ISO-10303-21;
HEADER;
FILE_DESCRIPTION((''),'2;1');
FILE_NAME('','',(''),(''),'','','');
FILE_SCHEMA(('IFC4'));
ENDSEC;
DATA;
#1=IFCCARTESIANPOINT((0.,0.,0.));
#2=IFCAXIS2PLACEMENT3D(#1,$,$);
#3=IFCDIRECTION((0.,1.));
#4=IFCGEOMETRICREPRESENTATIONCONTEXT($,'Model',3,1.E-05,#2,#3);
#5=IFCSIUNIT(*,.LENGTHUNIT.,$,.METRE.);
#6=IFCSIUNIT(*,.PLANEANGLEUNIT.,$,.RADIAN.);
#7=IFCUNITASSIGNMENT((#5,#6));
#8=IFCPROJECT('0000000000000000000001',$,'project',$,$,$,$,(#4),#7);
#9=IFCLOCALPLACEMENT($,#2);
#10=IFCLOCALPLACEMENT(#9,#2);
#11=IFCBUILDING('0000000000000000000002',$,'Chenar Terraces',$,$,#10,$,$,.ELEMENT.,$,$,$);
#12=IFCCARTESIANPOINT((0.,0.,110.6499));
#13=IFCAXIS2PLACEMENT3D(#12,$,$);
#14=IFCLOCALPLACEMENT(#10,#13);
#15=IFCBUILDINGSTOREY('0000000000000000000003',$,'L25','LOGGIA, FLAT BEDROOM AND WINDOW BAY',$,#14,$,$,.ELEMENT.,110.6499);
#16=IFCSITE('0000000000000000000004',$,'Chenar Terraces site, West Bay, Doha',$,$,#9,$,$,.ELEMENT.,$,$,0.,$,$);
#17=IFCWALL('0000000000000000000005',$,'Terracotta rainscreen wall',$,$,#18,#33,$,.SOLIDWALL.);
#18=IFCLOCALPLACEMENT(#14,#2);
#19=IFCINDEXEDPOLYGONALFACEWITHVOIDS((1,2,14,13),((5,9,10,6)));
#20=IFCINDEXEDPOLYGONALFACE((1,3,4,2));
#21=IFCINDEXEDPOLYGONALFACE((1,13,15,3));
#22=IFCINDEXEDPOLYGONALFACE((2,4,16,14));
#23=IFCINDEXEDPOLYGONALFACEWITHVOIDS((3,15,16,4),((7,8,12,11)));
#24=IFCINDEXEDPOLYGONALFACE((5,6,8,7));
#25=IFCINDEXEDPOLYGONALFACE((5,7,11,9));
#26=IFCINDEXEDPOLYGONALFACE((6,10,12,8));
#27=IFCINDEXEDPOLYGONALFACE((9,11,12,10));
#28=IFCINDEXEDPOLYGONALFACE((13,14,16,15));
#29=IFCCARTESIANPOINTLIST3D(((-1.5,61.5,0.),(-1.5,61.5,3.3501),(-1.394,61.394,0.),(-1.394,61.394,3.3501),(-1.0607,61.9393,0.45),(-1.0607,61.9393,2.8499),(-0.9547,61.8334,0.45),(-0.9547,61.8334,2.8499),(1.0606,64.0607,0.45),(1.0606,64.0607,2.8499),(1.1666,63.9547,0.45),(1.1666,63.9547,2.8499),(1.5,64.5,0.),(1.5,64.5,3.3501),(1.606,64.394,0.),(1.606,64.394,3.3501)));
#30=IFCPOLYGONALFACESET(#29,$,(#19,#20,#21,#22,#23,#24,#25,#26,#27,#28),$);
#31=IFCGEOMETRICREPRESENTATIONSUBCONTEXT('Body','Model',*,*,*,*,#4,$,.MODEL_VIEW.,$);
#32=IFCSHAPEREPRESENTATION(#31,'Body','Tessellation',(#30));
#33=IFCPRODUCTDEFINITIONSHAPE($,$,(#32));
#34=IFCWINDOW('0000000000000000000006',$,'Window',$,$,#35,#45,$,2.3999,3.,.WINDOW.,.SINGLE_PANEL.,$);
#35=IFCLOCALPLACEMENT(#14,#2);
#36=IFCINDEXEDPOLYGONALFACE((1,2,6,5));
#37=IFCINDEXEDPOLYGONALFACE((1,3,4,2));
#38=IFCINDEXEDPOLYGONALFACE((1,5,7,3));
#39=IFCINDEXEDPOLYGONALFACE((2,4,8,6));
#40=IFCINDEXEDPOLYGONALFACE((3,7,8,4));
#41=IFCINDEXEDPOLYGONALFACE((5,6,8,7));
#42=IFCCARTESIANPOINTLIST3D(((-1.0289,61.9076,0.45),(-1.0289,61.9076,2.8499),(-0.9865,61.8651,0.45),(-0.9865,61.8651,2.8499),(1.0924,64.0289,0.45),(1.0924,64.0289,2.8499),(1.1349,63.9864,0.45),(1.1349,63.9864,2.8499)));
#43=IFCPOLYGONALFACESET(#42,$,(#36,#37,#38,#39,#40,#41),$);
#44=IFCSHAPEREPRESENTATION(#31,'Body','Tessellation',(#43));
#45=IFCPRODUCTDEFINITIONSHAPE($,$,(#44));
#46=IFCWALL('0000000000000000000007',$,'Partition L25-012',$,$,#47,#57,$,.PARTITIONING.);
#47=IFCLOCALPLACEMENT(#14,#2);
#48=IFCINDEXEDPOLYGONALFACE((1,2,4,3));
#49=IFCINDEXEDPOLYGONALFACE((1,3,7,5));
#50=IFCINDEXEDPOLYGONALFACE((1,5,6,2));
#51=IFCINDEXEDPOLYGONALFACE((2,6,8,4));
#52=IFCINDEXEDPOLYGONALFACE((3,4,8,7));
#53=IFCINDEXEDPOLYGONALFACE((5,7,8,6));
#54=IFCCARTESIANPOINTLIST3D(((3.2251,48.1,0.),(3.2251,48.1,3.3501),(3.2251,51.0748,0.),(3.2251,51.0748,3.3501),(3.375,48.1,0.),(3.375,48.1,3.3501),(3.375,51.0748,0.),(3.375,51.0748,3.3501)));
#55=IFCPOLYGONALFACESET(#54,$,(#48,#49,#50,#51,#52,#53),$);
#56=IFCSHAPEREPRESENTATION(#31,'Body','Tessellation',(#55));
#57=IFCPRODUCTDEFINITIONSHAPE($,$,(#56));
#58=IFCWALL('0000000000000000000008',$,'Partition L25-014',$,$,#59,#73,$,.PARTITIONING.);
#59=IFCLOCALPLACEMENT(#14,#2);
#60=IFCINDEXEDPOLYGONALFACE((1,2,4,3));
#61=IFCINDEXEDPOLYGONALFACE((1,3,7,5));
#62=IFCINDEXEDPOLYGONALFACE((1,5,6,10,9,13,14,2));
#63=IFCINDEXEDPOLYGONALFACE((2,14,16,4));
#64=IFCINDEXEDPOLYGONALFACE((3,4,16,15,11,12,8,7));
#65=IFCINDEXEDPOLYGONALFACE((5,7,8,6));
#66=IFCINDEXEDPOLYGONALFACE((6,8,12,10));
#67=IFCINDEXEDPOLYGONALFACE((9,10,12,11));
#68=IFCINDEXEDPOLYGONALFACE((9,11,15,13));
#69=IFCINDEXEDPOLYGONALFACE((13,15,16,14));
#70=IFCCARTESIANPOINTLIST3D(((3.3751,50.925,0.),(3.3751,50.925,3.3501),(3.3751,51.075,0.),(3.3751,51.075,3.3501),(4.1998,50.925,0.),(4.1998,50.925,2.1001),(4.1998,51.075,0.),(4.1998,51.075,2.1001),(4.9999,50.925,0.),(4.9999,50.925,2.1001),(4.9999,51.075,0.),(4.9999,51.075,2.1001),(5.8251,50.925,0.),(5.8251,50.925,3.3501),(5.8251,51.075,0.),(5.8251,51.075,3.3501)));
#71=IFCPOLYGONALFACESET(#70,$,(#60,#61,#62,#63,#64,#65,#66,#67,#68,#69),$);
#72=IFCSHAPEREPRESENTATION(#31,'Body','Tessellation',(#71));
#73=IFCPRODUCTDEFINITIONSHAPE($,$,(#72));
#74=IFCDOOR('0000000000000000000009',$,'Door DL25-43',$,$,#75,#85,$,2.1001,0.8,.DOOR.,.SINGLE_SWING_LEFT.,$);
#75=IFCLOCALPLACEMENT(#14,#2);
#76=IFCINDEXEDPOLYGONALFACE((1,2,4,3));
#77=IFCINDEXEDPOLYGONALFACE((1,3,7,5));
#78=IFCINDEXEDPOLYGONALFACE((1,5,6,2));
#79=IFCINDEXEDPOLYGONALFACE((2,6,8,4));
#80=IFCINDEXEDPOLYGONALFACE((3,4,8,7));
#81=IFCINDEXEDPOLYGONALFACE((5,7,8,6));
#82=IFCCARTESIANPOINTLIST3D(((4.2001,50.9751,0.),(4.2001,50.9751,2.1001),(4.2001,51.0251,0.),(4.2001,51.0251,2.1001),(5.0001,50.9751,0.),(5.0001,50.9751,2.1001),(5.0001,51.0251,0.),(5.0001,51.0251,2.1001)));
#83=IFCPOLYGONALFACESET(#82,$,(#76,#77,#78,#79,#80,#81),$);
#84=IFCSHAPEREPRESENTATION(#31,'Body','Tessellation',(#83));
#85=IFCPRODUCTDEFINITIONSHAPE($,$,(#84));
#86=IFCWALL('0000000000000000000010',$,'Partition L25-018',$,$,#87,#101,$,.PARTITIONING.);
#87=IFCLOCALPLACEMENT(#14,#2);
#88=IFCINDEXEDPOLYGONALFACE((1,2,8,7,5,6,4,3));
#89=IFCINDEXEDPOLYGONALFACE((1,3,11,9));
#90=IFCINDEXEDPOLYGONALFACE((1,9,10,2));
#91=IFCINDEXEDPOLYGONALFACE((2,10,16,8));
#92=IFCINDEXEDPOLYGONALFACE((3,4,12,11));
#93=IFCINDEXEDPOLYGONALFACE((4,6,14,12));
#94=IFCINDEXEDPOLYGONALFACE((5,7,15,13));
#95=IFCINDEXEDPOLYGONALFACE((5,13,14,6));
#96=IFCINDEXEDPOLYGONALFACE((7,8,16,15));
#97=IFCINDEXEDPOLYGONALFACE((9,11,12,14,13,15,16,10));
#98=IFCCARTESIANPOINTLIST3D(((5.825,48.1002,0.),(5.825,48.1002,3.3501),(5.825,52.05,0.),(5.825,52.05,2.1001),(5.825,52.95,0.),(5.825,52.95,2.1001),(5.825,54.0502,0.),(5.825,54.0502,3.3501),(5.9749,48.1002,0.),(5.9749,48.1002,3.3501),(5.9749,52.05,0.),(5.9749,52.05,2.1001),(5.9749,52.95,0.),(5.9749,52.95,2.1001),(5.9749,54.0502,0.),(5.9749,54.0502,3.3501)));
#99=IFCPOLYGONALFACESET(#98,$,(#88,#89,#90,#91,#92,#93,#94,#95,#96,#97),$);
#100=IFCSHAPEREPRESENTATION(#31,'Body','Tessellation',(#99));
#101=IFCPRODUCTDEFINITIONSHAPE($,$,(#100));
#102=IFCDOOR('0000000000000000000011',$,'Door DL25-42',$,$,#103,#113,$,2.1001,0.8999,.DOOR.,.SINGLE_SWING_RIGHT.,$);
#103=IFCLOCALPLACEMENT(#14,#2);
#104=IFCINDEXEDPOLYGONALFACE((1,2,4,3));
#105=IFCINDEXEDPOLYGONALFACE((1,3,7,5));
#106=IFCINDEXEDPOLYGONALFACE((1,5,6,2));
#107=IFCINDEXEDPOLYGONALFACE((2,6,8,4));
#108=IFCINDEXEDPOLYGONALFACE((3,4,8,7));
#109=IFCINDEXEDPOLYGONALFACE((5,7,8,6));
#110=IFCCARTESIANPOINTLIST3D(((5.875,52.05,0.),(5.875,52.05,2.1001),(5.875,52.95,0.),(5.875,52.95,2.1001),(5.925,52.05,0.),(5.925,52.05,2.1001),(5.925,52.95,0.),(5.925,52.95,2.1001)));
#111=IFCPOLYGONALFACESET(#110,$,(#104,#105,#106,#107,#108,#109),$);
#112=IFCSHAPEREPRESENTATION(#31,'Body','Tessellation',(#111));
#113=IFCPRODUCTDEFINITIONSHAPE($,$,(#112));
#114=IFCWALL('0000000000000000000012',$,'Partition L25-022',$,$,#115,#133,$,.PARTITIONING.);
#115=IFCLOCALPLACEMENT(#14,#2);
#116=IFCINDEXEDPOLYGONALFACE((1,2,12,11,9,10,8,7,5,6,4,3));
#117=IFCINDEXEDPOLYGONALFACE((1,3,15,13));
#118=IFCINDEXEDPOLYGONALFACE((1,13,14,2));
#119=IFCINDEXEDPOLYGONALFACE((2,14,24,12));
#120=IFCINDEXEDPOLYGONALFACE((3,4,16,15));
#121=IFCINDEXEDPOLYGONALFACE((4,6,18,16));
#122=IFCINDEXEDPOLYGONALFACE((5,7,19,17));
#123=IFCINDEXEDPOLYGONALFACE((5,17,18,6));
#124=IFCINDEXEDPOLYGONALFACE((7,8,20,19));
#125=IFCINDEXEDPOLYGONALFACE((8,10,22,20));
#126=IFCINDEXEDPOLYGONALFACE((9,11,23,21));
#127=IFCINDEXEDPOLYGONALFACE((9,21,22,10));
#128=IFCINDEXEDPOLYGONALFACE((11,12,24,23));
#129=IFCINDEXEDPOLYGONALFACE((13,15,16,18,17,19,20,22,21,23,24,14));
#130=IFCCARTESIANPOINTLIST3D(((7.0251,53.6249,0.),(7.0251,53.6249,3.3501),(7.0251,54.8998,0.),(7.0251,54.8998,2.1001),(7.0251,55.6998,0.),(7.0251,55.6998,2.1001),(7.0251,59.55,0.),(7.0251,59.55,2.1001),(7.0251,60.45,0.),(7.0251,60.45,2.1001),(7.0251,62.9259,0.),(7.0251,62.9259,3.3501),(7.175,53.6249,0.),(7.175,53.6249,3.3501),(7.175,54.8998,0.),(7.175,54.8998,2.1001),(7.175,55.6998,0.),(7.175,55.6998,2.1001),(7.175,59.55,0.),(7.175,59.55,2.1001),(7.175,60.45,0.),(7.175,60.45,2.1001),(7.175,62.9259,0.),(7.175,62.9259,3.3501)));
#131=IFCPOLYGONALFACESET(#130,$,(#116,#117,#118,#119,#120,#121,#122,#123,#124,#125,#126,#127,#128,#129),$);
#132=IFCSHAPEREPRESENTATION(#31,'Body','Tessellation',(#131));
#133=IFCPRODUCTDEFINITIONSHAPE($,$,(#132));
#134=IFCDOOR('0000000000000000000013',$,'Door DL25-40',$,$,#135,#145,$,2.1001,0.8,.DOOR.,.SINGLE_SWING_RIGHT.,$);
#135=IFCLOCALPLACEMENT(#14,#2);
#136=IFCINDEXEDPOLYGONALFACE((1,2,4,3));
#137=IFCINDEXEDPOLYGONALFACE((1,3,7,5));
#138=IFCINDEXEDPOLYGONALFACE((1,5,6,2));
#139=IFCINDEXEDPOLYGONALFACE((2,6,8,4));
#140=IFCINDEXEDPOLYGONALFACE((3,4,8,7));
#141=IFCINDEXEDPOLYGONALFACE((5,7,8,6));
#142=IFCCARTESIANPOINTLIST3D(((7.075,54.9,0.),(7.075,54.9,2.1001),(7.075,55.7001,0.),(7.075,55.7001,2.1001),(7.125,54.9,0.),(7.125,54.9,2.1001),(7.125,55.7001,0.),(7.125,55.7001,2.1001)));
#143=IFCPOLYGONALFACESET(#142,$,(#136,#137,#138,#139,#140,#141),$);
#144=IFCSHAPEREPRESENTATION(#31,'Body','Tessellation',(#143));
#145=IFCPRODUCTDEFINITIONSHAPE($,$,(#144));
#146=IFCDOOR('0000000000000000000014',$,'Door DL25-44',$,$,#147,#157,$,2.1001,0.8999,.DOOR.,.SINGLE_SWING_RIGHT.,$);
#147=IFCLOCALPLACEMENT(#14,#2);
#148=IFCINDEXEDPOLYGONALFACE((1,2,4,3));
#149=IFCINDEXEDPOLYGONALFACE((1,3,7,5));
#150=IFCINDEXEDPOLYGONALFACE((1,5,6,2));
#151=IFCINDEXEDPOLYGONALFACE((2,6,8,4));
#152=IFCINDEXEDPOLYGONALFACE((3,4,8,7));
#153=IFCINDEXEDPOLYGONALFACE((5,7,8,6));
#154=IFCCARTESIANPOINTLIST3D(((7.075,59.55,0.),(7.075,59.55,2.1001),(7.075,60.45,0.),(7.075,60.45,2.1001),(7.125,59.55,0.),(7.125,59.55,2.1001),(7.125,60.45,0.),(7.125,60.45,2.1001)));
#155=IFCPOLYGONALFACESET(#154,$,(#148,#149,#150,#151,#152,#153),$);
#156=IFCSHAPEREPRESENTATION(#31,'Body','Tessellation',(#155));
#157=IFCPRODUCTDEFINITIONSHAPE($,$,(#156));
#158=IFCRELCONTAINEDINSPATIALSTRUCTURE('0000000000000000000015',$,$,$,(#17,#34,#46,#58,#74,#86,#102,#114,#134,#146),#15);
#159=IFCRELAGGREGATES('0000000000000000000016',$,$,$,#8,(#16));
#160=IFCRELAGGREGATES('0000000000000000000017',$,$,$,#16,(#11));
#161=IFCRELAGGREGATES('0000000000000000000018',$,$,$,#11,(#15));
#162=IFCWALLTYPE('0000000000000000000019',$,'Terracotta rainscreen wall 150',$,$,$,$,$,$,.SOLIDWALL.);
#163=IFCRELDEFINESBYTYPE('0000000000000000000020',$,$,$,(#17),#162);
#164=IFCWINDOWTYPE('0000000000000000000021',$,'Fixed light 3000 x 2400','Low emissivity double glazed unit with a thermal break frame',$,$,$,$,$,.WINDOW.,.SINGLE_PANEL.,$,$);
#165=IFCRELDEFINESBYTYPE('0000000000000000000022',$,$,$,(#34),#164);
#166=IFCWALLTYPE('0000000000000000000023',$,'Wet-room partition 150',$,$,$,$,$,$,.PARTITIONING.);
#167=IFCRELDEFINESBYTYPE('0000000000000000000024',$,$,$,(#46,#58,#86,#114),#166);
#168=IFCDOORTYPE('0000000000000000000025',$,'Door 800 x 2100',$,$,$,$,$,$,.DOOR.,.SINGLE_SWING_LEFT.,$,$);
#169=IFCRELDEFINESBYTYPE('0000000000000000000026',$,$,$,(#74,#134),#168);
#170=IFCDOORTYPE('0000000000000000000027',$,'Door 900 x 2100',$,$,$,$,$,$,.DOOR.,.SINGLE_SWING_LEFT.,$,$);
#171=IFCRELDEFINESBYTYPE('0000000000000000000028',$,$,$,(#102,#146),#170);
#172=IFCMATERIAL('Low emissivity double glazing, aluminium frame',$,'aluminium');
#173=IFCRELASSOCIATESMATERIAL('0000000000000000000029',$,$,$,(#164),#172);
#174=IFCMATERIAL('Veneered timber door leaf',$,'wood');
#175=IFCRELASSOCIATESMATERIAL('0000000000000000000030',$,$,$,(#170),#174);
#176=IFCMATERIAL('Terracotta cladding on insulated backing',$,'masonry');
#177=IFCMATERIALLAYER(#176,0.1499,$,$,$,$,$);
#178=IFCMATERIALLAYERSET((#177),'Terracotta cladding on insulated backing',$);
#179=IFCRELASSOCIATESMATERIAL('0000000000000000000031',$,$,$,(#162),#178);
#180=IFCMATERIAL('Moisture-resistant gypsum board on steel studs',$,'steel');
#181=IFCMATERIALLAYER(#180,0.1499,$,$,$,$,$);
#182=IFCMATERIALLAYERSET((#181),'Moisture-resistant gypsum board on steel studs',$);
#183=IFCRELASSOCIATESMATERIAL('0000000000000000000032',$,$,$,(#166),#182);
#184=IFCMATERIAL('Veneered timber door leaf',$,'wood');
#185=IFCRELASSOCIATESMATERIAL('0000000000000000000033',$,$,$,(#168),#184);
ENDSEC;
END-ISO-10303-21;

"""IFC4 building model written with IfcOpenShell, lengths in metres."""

from ifc_helpers import new_model, si_unit, direction, frame, frame_2d, origin, place, context, subcontext, project, spatial, rectangle, extrude, material, layer, layer_set, type_object, element, fill, save


model = new_model("IFC4")

# Units and contexts
model_context = context("Model", 3, precision=1e-05, world=origin(), true_north=direction((0.0, 1.0)))
body_context = subcontext(model_context, "Body", "Model", "MODEL_VIEW")
ifc_project = project(units=[si_unit("LENGTHUNIT", "METRE"), si_unit("PLANEANGLEUNIT", "RADIAN")], contexts=[model_context])

# Site, building, storey
site_placement = place(None, origin())
site = spatial("IfcSite", under=ifc_project, at=site_placement, Name="Chenar Terraces site, West Bay, Doha", CompositionType="ELEMENT", RefElevation=0.0)
building_placement = place(site_placement, origin())
building = spatial("IfcBuilding", under=site, at=building_placement, Name="Chenar Terraces", CompositionType="ELEMENT")
storey_placement = place(building_placement, frame((0.0, 0.0, 110.6499)))
storey = spatial("IfcBuildingStorey", under=building, at=storey_placement, Name="L25", Description="LOGGIA, FLAT BEDROOM AND WINDOW BAY", CompositionType="ELEMENT", Elevation=110.6499)

# Shared definitions
ifc_material_1 = material(Name="Low emissivity double glazing, aluminium frame", Category="aluminium")
window_type_1 = type_object("IfcWindowType", Name="Fixed light 3000 x 2400", Description="Low emissivity double glazed unit with a thermal break frame", PartitioningType="SINGLE_PANEL", PredefinedType="WINDOW", material=ifc_material_1)

# Shared definitions
ifc_material_2 = material(Name="Veneered timber door leaf", Category="wood")
door_type_1 = type_object("IfcDoorType", Name="Door 900 x 2100", OperationType="SINGLE_SWING_LEFT", PredefinedType="DOOR", material=ifc_material_2)

# Wall, opening, window
ifc_material_3 = material(Name="Terracotta cladding on insulated backing", Category="masonry")
ifc_layer_1 = layer(ifc_material_3, 0.1499)
ifc_layer_set_1 = layer_set([ifc_layer_1], Name="Terracotta cladding on insulated backing")
wall_type_1 = type_object("IfcWallType", Name="Terracotta rainscreen wall 150", PredefinedType="SOLIDWALL", material=ifc_layer_set_1)
wall_1_placement = place(storey_placement, frame((1.553, 64.447, 0.0), z_axis=(0.0, 0.0, 1.0), x_axis=(-0.707107, -0.707107, 0.0)))
wall_1 = element("IfcWall", 1, at=wall_1_placement, inside=storey, type_object=wall_type_1, Name="Terracotta rainscreen wall", PredefinedType="SOLIDWALL", context=body_context, shape_type="SweptSolid", body=[
    extrude(rectangle(XDim=4.2427, YDim=0.1499, at=frame_2d((2.1213, 0.0))), origin(), (0.0, 0.0, 1.0), 3.3501),
])
opening_1_placement = place(wall_1_placement, frame((0.6213, 0.0, 0.45)))
opening_1 = element("IfcOpeningElement", 2, at=opening_1_placement, cuts=wall_1, PredefinedType="OPENING", context=body_context, shape_type="SweptSolid", body=[
    extrude(rectangle(XDim=3.0, YDim=2.3999, at=frame_2d((1.5, 1.2))), frame((0.0, 0.085, 0.0), z_axis=(0.0, -1.0, 0.0), x_axis=(1.0, 0.0, 0.0)), (0.0, 0.0, 1.0), 0.1699),
])
window_1_placement = place(opening_1_placement, origin())
window_1 = element("IfcWindow", 3, at=window_1_placement, inside=storey, type_object=window_type_1, Name="Window", OverallHeight=2.3999, OverallWidth=3.0, PartitioningType="SINGLE_PANEL", PredefinedType="WINDOW", context=body_context, shape_type="SweptSolid", body=[
    extrude(rectangle(XDim=3.0, YDim=2.3999, at=frame_2d((1.5, 1.2))), frame((0.0, 0.03, 0.0), z_axis=(0.0, -1.0, 0.0), x_axis=(1.0, 0.0, 0.0)), (0.0, 0.0, 1.0), 0.0601),
])
fill(opening_1, window_1)

# Wall
ifc_material_4 = material(Name="Moisture-resistant gypsum board on steel studs", Category="steel")
ifc_layer_2 = layer(ifc_material_4, 0.1499)
ifc_layer_set_2 = layer_set([ifc_layer_2], Name="Moisture-resistant gypsum board on steel studs")
wall_type_2 = type_object("IfcWallType", Name="Wet-room partition 150", PredefinedType="PARTITIONING", material=ifc_layer_set_2)
wall_2_placement = place(storey_placement, frame((3.3, 48.1001, 0.0), z_axis=(0.0, 0.0, 1.0), x_axis=(0.0, 1.0, 0.0)))
element("IfcWall", 4, at=wall_2_placement, inside=storey, type_object=wall_type_2, Name="Partition L25-012", PredefinedType="PARTITIONING", context=body_context, shape_type="SweptSolid", body=[
    extrude(rectangle(XDim=2.9749, YDim=0.1499, at=frame_2d((1.4873, 0.0))), origin(), (0.0, 0.0, 1.0), 3.3501),
])

# Walls, openings, doors
wall_3_placement = place(storey_placement, frame((3.375, 51.0, 0.0), z_axis=(0.0, 0.0, 1.0), x_axis=(1.0, 0.0, 0.0)))
wall_3 = element("IfcWall", 5, at=wall_3_placement, inside=storey, type_object=wall_type_2, Name="Partition L25-014", PredefinedType="PARTITIONING", context=body_context, shape_type="SweptSolid", body=[
    extrude(rectangle(XDim=2.45, YDim=0.1499, at=frame_2d((1.2251, 0.0))), origin(), (0.0, 0.0, 1.0), 3.3501),
])
opening_2_placement = place(wall_3_placement, frame((0.825, 0.0, 0.0)))
opening_2 = element("IfcOpeningElement", 6, at=opening_2_placement, cuts=wall_3, PredefinedType="OPENING", context=body_context, shape_type="SweptSolid", body=[
    extrude(rectangle(XDim=0.8, YDim=2.1001, at=frame_2d((0.3999, 1.05))), frame((0.0, 0.085, 0.0), z_axis=(0.0, -1.0, 0.0), x_axis=(1.0, 0.0, 0.0)), (0.0, 0.0, 1.0), 0.1699),
])
ifc_material_5 = material(Name="Veneered timber door leaf", Category="wood")
door_type_2 = type_object("IfcDoorType", Name="Door 800 x 2100", OperationType="SINGLE_SWING_LEFT", PredefinedType="DOOR", material=ifc_material_5)
door_1_placement = place(opening_2_placement, frame((0.8, 0.0, 0.0), z_axis=(0.0, 0.0, 1.0), x_axis=(-1.0, 0.0, 0.0)))
door_1 = element("IfcDoor", 7, at=door_1_placement, inside=storey, type_object=door_type_2, Name="Door DL25-43", OperationType="SINGLE_SWING_LEFT", OverallHeight=2.1001, OverallWidth=0.8, PredefinedType="DOOR", context=body_context, shape_type="SweptSolid", body=[
    extrude(rectangle(XDim=0.8, YDim=2.1001, at=frame_2d((0.3999, 1.05))), frame((0.0, 0.0249, 0.0), z_axis=(0.0, -1.0, 0.0), x_axis=(1.0, 0.0, 0.0)), (0.0, 0.0, 1.0), 0.05),
])
fill(opening_2, door_1)
wall_4_placement = place(storey_placement, frame((5.8999, 48.1001, 0.0), z_axis=(0.0, 0.0, 1.0), x_axis=(0.0, 1.0, 0.0)))
wall_4 = element("IfcWall", 8, at=wall_4_placement, inside=storey, type_object=wall_type_2, Name="Partition L25-018", PredefinedType="PARTITIONING", context=body_context, shape_type="SweptSolid", body=[
    extrude(rectangle(XDim=5.95, YDim=0.1499, at=frame_2d((2.9751, 0.0))), origin(), (0.0, 0.0, 1.0), 3.3501),
])
opening_3_placement = place(wall_4_placement, frame((3.95, 0.0, 0.0)))
opening_3 = element("IfcOpeningElement", 9, at=opening_3_placement, cuts=wall_4, PredefinedType="OPENING", context=body_context, shape_type="SweptSolid", body=[
    extrude(rectangle(XDim=0.8999, YDim=2.1001, at=frame_2d((0.45, 1.05))), frame((0.0, 0.085, 0.0), z_axis=(0.0, -1.0, 0.0), x_axis=(1.0, 0.0, 0.0)), (0.0, 0.0, 1.0), 0.1699),
])
door_2_placement = place(opening_3_placement, origin())
door_2 = element("IfcDoor", 10, at=door_2_placement, inside=storey, type_object=door_type_1, Name="Door DL25-42", OperationType="SINGLE_SWING_RIGHT", OverallHeight=2.1001, OverallWidth=0.8999, PredefinedType="DOOR", context=body_context, shape_type="SweptSolid", body=[
    extrude(rectangle(XDim=0.8999, YDim=2.1001, at=frame_2d((0.45, 1.05))), frame((0.0, 0.0249, 0.0), z_axis=(0.0, -1.0, 0.0), x_axis=(1.0, 0.0, 0.0)), (0.0, 0.0, 1.0), 0.05),
])
fill(opening_3, door_2)

# Wall, openings, doors
wall_5_placement = place(storey_placement, frame((7.1001, 53.625, 0.0), z_axis=(0.0, 0.0, 1.0), x_axis=(0.0, 1.0, 0.0)))
wall_5 = element("IfcWall", 11, at=wall_5_placement, inside=storey, type_object=wall_type_2, Name="Partition L25-022", PredefinedType="PARTITIONING", context=body_context, shape_type="SweptSolid", body=[
    extrude(rectangle(XDim=9.301, YDim=0.1499, at=frame_2d((4.6504, 0.0))), origin(), (0.0, 0.0, 1.0), 3.3501),
])
opening_4_placement = place(wall_5_placement, frame((1.2749, 0.0, 0.0)))
opening_4 = element("IfcOpeningElement", 12, at=opening_4_placement, cuts=wall_5, PredefinedType="OPENING", context=body_context, shape_type="SweptSolid", body=[
    extrude(rectangle(XDim=0.8, YDim=2.1001, at=frame_2d((0.3999, 1.05))), frame((0.0, 0.085, 0.0), z_axis=(0.0, -1.0, 0.0), x_axis=(1.0, 0.0, 0.0)), (0.0, 0.0, 1.0), 0.1699),
])
opening_5_placement = place(wall_5_placement, frame((5.925, 0.0, 0.0)))
opening_5 = element("IfcOpeningElement", 13, at=opening_5_placement, cuts=wall_5, PredefinedType="OPENING", context=body_context, shape_type="SweptSolid", body=[
    extrude(rectangle(XDim=0.8999, YDim=2.1001, at=frame_2d((0.45, 1.05))), frame((0.0, 0.085, 0.0), z_axis=(0.0, -1.0, 0.0), x_axis=(1.0, 0.0, 0.0)), (0.0, 0.0, 1.0), 0.1699),
])
door_3_placement = place(opening_4_placement, frame((0.8, 0.0, 0.0), z_axis=(0.0, 0.0, 1.0), x_axis=(-1.0, 0.0, 0.0)))
door_3 = element("IfcDoor", 14, at=door_3_placement, inside=storey, type_object=door_type_2, Name="Door DL25-40", OperationType="SINGLE_SWING_RIGHT", OverallHeight=2.1001, OverallWidth=0.8, PredefinedType="DOOR", context=body_context, shape_type="SweptSolid", body=[
    extrude(rectangle(XDim=0.8, YDim=2.1001, at=frame_2d((0.3999, 1.05))), frame((0.0, 0.0249, 0.0), z_axis=(0.0, -1.0, 0.0), x_axis=(1.0, 0.0, 0.0)), (0.0, 0.0, 1.0), 0.05),
])
fill(opening_4, door_3)
door_4_placement = place(opening_5_placement, frame((0.8999, 0.0, 0.0), z_axis=(0.0, 0.0, 1.0), x_axis=(-1.0, 0.0, 0.0)))
door_4 = element("IfcDoor", 15, at=door_4_placement, inside=storey, type_object=door_type_1, Name="Door DL25-44", OperationType="SINGLE_SWING_RIGHT", OverallHeight=2.1001, OverallWidth=0.8999, PredefinedType="DOOR", context=body_context, shape_type="SweptSolid", body=[
    extrude(rectangle(XDim=0.8999, YDim=2.1001, at=frame_2d((0.45, 1.05))), frame((0.0, 0.0249, 0.0), z_axis=(0.0, -1.0, 0.0), x_axis=(1.0, 0.0, 0.0)), (0.0, 0.0, 1.0), 0.05),
])
fill(opening_5, door_4)

save(model, "model.ifc")
